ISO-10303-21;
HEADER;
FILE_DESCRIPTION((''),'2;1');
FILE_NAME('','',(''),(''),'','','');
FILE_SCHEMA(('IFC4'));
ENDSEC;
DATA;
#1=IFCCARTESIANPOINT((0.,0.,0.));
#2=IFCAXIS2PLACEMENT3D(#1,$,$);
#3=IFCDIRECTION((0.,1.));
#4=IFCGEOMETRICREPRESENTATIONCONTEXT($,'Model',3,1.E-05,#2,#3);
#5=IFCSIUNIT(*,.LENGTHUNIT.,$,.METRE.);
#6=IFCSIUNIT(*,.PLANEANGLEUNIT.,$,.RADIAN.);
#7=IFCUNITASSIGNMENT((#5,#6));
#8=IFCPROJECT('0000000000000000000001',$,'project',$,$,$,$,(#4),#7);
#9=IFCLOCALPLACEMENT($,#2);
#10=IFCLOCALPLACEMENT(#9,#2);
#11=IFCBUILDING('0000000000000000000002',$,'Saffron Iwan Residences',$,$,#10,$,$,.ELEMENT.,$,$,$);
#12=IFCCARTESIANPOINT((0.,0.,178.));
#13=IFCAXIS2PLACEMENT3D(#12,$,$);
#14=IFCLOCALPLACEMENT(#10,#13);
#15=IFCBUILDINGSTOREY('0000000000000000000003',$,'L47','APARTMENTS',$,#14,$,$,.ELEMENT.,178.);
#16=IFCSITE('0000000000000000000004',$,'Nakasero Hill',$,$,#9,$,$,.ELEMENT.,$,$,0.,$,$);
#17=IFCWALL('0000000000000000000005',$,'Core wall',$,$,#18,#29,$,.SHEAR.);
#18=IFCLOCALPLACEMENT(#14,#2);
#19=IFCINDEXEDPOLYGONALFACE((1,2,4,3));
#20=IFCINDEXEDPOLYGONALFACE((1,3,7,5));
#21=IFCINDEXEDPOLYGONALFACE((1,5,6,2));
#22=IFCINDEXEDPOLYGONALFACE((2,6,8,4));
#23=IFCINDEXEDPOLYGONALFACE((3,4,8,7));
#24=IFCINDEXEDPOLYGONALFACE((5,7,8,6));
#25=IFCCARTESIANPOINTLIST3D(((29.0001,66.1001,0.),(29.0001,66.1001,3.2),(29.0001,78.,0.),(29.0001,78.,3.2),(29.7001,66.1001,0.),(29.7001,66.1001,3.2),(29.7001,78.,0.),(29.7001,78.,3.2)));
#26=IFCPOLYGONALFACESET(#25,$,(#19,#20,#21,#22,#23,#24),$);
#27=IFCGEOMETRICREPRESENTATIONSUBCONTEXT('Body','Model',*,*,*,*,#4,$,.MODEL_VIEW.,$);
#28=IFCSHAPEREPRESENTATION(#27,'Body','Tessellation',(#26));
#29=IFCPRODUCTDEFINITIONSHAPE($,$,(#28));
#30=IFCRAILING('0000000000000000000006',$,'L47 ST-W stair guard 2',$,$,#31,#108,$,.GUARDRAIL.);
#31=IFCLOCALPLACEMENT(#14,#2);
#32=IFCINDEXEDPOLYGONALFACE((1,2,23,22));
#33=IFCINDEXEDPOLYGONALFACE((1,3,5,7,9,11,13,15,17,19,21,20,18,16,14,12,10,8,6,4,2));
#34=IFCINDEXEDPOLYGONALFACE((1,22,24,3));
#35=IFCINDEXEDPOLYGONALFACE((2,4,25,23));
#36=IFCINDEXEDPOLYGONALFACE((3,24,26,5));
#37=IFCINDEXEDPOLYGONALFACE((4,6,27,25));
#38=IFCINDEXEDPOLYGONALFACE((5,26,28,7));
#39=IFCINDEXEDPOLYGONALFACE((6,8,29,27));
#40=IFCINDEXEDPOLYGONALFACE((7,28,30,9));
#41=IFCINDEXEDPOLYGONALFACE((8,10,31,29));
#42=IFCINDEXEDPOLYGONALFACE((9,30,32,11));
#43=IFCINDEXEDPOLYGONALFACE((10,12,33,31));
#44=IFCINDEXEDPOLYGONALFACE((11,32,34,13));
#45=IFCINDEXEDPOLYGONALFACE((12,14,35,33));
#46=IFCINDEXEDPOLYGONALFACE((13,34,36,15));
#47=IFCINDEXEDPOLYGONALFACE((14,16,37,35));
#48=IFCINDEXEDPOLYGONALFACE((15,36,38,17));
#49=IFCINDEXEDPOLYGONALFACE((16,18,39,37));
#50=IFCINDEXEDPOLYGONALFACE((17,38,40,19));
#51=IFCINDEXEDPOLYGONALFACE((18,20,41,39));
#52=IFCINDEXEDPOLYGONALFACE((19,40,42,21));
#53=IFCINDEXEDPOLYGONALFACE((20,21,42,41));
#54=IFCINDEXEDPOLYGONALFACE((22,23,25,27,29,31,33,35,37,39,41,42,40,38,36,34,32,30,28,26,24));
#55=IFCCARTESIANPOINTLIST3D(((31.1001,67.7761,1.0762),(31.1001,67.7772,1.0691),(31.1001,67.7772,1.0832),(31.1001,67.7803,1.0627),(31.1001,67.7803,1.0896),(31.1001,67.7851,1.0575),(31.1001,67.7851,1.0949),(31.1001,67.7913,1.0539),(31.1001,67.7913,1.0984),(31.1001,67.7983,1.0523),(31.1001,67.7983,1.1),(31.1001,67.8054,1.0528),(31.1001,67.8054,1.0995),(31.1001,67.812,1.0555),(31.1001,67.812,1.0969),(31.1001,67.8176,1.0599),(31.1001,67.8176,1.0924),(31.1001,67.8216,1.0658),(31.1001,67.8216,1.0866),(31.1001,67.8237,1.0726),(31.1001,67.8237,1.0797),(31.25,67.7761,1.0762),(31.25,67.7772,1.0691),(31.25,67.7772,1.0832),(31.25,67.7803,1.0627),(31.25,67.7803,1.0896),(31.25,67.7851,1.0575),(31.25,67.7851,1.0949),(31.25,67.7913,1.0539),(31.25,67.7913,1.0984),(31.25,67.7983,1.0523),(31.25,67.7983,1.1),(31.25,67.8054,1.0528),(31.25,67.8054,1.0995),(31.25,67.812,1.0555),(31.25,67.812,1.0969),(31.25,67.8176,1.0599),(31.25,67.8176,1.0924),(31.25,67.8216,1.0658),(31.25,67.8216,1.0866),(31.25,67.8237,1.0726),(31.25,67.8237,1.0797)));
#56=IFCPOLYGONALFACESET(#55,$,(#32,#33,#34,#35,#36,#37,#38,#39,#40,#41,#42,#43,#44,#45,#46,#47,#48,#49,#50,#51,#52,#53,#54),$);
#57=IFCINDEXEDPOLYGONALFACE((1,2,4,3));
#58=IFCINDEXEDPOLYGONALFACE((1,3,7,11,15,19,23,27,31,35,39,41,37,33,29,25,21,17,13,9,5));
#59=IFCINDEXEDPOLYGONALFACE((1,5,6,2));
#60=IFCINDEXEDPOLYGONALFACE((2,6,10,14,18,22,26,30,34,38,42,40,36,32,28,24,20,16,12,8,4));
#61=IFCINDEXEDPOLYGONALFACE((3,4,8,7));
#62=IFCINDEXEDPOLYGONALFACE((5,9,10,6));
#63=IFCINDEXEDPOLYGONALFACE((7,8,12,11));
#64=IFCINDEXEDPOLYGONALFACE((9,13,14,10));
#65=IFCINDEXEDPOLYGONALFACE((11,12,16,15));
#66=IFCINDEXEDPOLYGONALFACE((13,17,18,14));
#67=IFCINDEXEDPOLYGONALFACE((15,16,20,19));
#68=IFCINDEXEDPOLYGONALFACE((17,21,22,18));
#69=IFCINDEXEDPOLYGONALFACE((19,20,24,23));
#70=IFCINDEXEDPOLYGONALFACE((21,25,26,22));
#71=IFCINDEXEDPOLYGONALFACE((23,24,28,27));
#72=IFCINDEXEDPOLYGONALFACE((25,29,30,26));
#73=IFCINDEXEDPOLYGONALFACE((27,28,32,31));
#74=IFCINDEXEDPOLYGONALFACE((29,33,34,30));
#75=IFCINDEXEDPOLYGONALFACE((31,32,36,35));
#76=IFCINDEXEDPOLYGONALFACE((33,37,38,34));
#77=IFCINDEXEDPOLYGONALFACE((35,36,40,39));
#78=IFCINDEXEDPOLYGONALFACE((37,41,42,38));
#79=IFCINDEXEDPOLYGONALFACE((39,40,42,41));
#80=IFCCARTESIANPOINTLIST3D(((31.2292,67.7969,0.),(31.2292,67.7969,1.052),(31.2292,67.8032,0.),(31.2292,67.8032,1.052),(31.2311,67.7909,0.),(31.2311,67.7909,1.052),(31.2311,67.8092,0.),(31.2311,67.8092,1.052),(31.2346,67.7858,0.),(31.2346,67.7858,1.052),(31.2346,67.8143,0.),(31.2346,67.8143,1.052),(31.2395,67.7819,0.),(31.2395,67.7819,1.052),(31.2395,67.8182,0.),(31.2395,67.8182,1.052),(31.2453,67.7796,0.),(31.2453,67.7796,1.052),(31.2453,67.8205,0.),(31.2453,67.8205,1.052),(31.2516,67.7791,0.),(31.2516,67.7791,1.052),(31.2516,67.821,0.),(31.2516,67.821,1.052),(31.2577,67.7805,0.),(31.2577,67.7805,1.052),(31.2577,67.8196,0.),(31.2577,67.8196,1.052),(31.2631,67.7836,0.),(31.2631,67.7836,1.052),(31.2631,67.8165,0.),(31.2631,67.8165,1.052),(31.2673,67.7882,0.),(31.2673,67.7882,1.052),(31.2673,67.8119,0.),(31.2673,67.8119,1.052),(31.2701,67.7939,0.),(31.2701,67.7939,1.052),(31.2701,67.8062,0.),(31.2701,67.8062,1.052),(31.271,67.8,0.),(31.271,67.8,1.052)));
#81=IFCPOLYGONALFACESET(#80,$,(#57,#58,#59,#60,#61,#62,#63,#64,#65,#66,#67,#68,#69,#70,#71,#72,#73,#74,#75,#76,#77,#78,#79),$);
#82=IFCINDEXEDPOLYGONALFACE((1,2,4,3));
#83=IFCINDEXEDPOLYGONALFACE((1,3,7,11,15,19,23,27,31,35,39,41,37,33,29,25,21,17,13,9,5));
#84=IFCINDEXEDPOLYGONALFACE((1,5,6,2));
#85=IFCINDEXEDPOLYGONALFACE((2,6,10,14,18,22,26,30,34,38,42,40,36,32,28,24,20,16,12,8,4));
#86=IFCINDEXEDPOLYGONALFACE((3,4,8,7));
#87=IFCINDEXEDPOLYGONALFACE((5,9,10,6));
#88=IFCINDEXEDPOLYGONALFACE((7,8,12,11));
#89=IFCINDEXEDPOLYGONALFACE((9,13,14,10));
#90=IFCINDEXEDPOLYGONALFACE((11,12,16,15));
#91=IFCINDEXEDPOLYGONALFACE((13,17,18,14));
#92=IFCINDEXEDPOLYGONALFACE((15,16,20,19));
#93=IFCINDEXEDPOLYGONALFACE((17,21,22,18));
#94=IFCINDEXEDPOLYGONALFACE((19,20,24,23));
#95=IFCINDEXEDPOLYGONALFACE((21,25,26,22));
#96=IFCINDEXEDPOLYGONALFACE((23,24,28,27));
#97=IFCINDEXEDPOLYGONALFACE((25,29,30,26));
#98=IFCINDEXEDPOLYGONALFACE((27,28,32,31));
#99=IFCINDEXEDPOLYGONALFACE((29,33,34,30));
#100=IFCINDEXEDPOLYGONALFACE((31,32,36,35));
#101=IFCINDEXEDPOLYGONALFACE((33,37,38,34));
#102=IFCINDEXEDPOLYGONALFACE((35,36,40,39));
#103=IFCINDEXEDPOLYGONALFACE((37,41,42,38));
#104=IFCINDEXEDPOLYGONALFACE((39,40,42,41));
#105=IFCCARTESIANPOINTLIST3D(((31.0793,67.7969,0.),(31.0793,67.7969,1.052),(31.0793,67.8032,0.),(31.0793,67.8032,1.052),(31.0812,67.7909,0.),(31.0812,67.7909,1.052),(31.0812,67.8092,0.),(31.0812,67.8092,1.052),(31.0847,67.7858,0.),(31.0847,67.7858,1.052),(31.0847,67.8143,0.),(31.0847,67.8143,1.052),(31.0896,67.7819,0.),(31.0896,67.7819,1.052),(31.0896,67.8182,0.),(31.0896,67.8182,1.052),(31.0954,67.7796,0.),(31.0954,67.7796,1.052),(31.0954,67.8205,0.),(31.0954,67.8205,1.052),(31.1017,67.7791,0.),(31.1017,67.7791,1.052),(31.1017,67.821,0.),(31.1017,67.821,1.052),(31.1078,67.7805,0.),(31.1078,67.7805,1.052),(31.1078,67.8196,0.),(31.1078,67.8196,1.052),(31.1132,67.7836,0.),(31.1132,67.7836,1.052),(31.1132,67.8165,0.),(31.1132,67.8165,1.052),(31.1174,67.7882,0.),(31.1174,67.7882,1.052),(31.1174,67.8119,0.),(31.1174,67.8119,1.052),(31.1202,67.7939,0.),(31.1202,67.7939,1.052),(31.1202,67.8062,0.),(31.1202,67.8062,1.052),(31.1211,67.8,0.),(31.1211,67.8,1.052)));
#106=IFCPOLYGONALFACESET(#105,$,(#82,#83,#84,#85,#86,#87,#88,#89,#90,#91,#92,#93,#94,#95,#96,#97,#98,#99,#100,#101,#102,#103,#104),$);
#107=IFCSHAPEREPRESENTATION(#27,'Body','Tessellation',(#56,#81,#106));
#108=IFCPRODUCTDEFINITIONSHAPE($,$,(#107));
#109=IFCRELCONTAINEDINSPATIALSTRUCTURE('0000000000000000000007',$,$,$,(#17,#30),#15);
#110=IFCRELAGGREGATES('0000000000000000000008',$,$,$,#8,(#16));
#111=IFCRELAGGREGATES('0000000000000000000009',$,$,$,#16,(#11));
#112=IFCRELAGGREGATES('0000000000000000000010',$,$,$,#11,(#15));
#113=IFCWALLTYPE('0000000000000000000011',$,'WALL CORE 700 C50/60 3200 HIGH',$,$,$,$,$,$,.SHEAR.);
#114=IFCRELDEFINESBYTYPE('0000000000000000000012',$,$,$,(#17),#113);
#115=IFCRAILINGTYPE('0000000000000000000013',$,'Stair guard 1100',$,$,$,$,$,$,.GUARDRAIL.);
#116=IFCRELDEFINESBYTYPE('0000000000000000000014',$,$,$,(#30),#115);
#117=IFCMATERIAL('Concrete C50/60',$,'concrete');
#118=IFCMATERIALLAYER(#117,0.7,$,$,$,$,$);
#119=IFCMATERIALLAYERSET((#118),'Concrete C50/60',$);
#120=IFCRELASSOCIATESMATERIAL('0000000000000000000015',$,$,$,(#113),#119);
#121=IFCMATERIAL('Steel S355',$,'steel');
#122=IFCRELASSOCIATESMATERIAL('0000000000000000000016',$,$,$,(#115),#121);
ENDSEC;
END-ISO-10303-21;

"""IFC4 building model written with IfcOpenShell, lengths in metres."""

from ifc_helpers import new_model, si_unit, direction, frame, frame_2d, origin, origin_2d, place, context, subcontext, project, spatial, rectangle, circle, extrude, material, layer, layer_set, type_object, element, save


model = new_model("IFC4")

# Units and contexts
model_context = context("Model", 3, precision=1e-05, world=origin(), true_north=direction((0.0, 1.0)))
body_context = subcontext(model_context, "Body", "Model", "MODEL_VIEW")
ifc_project = project(units=[si_unit("LENGTHUNIT", "METRE"), si_unit("PLANEANGLEUNIT", "RADIAN")], contexts=[model_context])

# Site, building, storey
site_placement = place(None, origin())
site = spatial("IfcSite", under=ifc_project, at=site_placement, Name="Nakasero Hill", CompositionType="ELEMENT", RefElevation=0.0)
building_placement = place(site_placement, origin())
building = spatial("IfcBuilding", under=site, at=building_placement, Name="Saffron Iwan Residences", CompositionType="ELEMENT")
storey_placement = place(building_placement, frame((0.0, 0.0, 178.0)))
storey = spatial("IfcBuildingStorey", under=building, at=storey_placement, Name="L47", Description="APARTMENTS", CompositionType="ELEMENT", Elevation=178.0)

# Shared definitions
ifc_material_1 = material(Name="Concrete C50/60", Category="concrete")

# Wall
ifc_layer_1 = layer(ifc_material_1, 0.7)
ifc_layer_set_1 = layer_set([ifc_layer_1], Name="Concrete C50/60")
wall_type_1 = type_object("IfcWallType", Name="WALL CORE 700 C50/60 3200 HIGH", PredefinedType="SHEAR", material=ifc_layer_set_1)
wall_1_placement = place(storey_placement, frame((29.3501, 66.1001, 0.0), z_axis=(0.0, 0.0, 1.0), x_axis=(0.0, 1.0, 0.0)))
element("IfcWall", 1, at=wall_1_placement, inside=storey, type_object=wall_type_1, Name="Core wall", PredefinedType="SHEAR", context=body_context, shape_type="SweptSolid", body=[
    extrude(rectangle(XDim=11.8999, YDim=0.7, at=frame_2d((5.95, 0.0))), origin(), (0.0, 0.0, 1.0), 3.2),
])

# Railing
ifc_material_2 = material(Name="Steel S355", Category="steel")
railing_type = type_object("IfcRailingType", Name="Stair guard 1100", PredefinedType="GUARDRAIL", material=ifc_material_2)
railing_1_placement = place(storey_placement, frame((31.25, 67.8, 0.0)))
element("IfcRailing", 2, at=railing_1_placement, inside=storey, type_object=railing_type, Name="L47 ST-W stair guard 2", PredefinedType="GUARDRAIL", context=body_context, shape_type="SweptSolid", body=[
    extrude(circle(Radius=0.0239, at=origin_2d()), frame((0.0, 0.0, 1.0762), z_axis=(-1.0, 0.0, 0.0), x_axis=(0.0, -1.0, 0.0)), (0.0, 0.0, 1.0), 0.1499),
    extrude(circle(Radius=0.021, at=origin_2d()), origin(), (0.0, 0.0, 1.0), 1.052),
    extrude(circle(Radius=0.021, at=origin_2d()), frame((-0.1499, 0.0, 0.0)), (0.0, 0.0, 1.0), 1.052),
])

save(model, "model.ifc")
